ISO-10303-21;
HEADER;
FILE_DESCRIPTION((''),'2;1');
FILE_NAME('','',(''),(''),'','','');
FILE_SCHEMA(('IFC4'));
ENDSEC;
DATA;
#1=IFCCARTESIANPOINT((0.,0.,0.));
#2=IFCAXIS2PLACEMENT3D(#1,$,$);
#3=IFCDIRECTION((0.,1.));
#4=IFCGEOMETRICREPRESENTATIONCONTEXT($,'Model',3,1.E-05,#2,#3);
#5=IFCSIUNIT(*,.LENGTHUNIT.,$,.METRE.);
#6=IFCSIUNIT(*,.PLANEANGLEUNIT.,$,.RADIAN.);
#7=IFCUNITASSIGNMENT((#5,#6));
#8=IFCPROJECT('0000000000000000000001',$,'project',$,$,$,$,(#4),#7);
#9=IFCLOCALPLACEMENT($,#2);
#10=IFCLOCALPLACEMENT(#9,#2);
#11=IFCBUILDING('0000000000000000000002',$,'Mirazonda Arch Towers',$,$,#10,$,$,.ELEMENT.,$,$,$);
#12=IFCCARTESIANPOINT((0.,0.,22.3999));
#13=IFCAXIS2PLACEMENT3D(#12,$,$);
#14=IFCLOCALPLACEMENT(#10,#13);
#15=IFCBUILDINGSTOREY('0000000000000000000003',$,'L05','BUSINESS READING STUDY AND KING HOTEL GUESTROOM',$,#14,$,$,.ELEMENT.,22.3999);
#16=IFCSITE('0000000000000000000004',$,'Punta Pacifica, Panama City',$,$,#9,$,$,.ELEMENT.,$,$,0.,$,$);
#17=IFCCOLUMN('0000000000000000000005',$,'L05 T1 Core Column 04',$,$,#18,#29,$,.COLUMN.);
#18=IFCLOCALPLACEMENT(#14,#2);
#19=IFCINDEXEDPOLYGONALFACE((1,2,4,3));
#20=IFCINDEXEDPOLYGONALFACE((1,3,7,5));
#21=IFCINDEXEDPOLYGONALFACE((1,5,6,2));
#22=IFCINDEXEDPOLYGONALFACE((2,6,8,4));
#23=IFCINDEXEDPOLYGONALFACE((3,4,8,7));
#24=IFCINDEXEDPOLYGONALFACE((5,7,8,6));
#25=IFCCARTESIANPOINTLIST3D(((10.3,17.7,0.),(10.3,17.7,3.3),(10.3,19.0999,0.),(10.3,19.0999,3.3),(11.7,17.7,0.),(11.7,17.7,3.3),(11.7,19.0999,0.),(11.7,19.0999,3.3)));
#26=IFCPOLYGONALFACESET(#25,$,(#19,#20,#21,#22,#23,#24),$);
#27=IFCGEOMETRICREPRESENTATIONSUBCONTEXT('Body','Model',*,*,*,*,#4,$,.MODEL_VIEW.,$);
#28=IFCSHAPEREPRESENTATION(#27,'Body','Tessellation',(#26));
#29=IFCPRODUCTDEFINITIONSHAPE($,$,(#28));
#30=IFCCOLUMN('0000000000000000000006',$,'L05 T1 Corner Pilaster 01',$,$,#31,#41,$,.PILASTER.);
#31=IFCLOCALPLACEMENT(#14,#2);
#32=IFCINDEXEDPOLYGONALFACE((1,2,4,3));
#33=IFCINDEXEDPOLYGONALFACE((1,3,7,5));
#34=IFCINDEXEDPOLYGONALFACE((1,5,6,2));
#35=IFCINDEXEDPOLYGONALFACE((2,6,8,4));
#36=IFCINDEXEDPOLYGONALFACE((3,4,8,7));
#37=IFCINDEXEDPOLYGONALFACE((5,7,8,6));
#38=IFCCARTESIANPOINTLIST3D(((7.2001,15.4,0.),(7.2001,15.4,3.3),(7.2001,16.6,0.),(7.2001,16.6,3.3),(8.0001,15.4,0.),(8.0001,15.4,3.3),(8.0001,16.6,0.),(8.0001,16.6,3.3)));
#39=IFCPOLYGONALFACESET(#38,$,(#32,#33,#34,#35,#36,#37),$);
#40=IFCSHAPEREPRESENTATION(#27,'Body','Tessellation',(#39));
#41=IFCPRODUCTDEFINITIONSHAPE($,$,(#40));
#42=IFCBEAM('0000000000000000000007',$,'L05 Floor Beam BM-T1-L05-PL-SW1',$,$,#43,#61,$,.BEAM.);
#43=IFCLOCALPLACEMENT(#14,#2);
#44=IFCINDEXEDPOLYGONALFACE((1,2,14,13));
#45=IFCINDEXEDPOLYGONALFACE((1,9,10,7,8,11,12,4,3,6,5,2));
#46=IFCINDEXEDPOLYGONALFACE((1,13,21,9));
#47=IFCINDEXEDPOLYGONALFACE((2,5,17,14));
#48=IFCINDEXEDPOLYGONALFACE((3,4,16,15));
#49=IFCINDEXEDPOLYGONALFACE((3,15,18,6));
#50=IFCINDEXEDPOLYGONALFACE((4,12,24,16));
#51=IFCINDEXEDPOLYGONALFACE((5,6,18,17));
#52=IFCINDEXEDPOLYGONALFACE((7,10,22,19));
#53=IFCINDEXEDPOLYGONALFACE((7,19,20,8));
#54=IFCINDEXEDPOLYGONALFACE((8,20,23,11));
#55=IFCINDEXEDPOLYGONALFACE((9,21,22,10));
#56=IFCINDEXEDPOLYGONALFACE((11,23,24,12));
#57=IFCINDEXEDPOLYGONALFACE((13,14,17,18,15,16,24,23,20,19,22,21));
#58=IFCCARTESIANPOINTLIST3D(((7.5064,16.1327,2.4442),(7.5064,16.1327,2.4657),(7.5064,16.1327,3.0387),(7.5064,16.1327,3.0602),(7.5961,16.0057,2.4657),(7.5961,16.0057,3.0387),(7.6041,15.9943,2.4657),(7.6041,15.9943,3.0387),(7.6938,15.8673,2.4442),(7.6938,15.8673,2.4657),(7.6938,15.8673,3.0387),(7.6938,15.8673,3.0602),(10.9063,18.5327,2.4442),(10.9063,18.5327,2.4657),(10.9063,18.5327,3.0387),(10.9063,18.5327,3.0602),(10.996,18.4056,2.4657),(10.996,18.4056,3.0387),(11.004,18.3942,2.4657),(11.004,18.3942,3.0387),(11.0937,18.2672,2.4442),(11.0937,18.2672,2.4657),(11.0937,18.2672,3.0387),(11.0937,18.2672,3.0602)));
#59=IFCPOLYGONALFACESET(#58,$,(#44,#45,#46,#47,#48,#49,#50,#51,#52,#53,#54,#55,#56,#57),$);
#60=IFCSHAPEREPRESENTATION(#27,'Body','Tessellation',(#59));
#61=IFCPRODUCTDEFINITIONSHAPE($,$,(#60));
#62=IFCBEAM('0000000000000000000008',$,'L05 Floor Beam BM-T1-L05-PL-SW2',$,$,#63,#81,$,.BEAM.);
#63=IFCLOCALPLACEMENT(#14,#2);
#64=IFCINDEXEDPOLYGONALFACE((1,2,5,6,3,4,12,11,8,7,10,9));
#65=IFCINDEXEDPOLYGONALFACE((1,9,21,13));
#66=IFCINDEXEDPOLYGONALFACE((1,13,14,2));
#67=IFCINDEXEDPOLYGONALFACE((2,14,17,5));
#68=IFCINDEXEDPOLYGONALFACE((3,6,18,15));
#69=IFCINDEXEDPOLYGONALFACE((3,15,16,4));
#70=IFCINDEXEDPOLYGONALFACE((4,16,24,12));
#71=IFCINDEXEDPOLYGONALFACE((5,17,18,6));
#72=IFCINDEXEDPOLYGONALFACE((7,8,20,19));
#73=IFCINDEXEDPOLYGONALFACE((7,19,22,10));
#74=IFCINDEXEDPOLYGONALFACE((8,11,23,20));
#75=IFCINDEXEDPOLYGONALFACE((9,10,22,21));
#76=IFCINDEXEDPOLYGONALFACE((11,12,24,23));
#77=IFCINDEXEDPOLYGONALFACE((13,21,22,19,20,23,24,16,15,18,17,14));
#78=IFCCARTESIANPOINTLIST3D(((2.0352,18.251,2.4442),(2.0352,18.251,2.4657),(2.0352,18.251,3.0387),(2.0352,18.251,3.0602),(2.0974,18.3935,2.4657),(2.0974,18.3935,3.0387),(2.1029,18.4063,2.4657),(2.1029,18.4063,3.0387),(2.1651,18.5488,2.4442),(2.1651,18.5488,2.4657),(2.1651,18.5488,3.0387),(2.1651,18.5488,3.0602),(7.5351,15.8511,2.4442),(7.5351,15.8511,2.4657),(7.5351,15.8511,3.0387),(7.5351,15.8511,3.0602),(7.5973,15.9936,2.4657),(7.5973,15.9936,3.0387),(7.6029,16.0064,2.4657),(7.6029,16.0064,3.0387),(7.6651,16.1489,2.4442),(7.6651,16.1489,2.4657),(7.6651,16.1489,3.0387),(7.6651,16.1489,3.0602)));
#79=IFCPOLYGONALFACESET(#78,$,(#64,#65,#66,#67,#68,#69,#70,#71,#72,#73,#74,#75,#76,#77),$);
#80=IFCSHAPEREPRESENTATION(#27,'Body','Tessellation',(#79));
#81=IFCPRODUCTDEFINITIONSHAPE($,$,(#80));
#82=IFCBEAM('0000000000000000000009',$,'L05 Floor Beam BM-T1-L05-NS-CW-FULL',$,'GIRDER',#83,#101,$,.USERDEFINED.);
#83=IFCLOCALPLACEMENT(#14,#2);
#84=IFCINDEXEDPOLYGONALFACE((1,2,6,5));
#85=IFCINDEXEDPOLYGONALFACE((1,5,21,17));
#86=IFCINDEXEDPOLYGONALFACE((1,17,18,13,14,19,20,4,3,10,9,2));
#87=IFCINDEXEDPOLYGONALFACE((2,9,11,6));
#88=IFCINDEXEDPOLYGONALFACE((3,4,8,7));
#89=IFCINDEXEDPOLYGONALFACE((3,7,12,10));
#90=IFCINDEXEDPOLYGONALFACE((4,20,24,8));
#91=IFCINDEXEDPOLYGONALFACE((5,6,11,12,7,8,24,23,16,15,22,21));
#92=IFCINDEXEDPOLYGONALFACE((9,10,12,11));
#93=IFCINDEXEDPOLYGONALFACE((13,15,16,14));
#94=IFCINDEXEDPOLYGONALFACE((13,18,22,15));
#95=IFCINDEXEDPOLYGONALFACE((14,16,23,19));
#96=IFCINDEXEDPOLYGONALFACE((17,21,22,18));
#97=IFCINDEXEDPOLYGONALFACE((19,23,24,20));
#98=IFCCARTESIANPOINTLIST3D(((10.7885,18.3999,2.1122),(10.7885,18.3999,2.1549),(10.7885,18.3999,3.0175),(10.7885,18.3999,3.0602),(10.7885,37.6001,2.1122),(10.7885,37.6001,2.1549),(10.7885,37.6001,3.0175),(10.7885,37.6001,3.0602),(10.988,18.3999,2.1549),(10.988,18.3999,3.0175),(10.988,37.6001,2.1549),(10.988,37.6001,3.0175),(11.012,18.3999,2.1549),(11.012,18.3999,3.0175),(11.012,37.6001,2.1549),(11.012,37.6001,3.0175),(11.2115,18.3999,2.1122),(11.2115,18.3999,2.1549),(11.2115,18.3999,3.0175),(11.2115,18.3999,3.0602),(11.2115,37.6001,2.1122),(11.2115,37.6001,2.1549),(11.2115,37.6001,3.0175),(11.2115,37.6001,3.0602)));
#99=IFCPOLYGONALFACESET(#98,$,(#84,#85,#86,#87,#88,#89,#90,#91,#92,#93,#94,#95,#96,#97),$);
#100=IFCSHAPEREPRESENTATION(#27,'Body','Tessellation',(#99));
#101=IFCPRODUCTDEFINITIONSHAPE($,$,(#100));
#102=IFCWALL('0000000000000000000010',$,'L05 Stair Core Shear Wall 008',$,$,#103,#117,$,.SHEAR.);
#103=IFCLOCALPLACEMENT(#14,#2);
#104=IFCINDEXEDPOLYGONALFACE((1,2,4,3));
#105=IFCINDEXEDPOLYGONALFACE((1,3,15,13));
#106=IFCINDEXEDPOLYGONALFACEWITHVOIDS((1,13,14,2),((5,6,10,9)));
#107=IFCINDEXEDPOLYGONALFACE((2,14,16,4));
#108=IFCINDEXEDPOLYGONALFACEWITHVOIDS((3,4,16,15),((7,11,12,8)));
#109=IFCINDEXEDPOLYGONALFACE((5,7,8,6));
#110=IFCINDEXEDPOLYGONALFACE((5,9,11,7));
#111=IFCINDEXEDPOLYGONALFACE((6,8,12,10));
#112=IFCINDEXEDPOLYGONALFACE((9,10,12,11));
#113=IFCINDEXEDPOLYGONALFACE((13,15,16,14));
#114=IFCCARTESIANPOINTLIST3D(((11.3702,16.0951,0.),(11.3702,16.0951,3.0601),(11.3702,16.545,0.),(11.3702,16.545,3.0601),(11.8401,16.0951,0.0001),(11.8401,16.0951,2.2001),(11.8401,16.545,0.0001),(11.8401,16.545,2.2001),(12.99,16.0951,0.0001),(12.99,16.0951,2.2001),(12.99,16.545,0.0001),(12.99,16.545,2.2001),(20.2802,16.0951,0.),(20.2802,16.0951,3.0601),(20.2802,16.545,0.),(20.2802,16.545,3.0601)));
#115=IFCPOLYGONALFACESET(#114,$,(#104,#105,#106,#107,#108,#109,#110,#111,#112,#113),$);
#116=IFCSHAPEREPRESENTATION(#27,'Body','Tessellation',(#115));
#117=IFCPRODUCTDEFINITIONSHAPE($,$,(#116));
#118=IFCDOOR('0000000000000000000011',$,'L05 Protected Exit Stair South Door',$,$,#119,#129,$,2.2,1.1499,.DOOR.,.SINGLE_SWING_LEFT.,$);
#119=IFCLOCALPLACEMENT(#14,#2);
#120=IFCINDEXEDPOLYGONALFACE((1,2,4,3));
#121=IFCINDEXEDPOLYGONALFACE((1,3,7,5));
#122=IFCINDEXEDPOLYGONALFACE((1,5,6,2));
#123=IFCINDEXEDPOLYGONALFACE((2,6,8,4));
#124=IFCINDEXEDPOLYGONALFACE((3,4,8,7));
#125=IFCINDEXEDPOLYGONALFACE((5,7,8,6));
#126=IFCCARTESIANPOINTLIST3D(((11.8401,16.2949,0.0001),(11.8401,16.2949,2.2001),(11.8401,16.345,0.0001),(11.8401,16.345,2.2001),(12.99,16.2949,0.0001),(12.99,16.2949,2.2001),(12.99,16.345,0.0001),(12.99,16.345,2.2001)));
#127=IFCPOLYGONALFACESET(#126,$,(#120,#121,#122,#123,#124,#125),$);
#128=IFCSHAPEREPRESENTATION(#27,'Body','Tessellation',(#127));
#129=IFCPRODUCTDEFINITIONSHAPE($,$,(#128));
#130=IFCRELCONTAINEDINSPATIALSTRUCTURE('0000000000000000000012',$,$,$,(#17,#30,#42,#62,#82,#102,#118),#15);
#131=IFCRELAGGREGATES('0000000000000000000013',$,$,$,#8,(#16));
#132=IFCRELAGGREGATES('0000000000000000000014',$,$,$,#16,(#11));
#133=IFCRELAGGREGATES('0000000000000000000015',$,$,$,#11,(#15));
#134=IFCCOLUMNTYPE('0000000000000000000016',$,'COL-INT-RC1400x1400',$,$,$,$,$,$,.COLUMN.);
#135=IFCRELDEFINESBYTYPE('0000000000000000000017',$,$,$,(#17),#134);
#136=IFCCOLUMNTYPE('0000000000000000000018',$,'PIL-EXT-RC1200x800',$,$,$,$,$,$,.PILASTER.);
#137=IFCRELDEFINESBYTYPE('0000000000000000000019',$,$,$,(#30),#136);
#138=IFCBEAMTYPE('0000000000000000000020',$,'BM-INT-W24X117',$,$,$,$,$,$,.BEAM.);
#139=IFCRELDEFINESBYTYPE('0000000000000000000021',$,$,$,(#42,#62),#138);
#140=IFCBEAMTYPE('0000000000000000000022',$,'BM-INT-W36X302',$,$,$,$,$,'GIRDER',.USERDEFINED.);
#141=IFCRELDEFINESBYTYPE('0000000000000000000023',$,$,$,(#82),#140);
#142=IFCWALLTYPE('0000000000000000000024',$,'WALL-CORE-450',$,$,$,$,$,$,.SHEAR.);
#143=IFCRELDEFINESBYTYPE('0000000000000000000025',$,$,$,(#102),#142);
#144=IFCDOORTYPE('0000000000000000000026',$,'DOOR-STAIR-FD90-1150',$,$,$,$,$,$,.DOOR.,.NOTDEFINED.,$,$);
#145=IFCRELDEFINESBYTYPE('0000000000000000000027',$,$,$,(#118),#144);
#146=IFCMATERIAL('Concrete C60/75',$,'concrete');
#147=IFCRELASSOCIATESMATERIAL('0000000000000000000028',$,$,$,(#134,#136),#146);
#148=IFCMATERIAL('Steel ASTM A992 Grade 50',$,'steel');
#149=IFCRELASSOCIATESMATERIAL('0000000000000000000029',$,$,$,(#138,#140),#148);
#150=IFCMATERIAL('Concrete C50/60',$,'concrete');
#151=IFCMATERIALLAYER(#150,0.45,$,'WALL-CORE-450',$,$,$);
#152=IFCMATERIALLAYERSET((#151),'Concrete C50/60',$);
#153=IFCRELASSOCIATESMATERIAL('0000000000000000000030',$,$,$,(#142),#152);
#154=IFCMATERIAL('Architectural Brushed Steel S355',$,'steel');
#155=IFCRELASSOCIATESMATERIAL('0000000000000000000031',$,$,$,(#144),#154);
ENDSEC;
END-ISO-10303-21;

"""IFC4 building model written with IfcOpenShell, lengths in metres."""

from ifc_helpers import new_model, si_unit, direction, frame, frame_2d, origin, origin_2d, place, context, subcontext, project, spatial, rectangle, i_section, extrude, material, layer, layer_set, material_profile, profile_set, type_object, element, fill, save


model = new_model("IFC4")

# Units and contexts
model_context = context("Model", 3, precision=1e-05, world=origin(), true_north=direction((0.0, 1.0)))
body_context = subcontext(model_context, "Body", "Model", "MODEL_VIEW")
ifc_project = project(units=[si_unit("LENGTHUNIT", "METRE"), si_unit("PLANEANGLEUNIT", "RADIAN")], contexts=[model_context])

# Site, building, storey
site_placement = place(None, origin())
site = spatial("IfcSite", under=ifc_project, at=site_placement, Name="Punta Pacifica, Panama City", CompositionType="ELEMENT", RefElevation=0.0)
building_placement = place(site_placement, origin())
building = spatial("IfcBuilding", under=site, at=building_placement, Name="Mirazonda Arch Towers", CompositionType="ELEMENT")
storey_placement = place(building_placement, frame((0.0, 0.0, 22.3999)))
storey = spatial("IfcBuildingStorey", under=building, at=storey_placement, Name="L05", Description="BUSINESS READING STUDY AND KING HOTEL GUESTROOM", CompositionType="ELEMENT", Elevation=22.3999)

# Columns
ifc_material_1 = material(Name="Concrete C60/75", Category="concrete")
ifc_material_profile_1 = material_profile(ifc_material_1, rectangle(XDim=1.3999, YDim=1.3999, at=origin_2d()), Name="RC1400x1400")
ifc_profile_set_1 = profile_set([ifc_material_profile_1], Name="Concrete C60/75")
column_type_1 = type_object("IfcColumnType", Name="COL-INT-RC1400x1400", PredefinedType="COLUMN", material=ifc_profile_set_1)
column_1_placement = place(storey_placement, frame((11.0, 18.3999, 0.0), z_axis=(0.0, 0.0, 1.0), x_axis=(1.0, 0.0, 0.0)))
element("IfcColumn", 1, at=column_1_placement, inside=storey, type_object=column_type_1, Name="L05 T1 Core Column 04", PredefinedType="COLUMN", context=body_context, shape_type="SweptSolid", body=[
    extrude(rectangle(XDim=1.3999, YDim=1.3999, at=origin_2d()), origin(), (0.0, 0.0, 1.0), 3.3),
])
ifc_material_profile_2 = material_profile(ifc_material_1, rectangle(XDim=0.8, YDim=1.2, at=origin_2d()), Name="RC1200x800")
ifc_profile_set_2 = profile_set([ifc_material_profile_2], Name="Concrete C60/75")
column_type_2 = type_object("IfcColumnType", Name="PIL-EXT-RC1200x800", PredefinedType="PILASTER", material=ifc_profile_set_2)
column_2_placement = place(storey_placement, frame((7.6001, 16.0, 0.0), z_axis=(0.0, 0.0, 1.0), x_axis=(1.0, 0.0, 0.0)))
element("IfcColumn", 2, at=column_2_placement, inside=storey, type_object=column_type_2, Name="L05 T1 Corner Pilaster 01", PredefinedType="PILASTER", context=body_context, shape_type="SweptSolid", body=[
    extrude(rectangle(XDim=0.8, YDim=1.2, at=origin_2d()), origin(), (0.0, 0.0, 1.0), 3.3),
])

# Beams
ifc_material_2 = material(Name="Steel ASTM A992 Grade 50", Category="steel")
ifc_material_profile_3 = material_profile(ifc_material_2, i_section(OverallWidth=0.325, OverallDepth=0.616, WebThickness=0.0139, FlangeThickness=0.0215, at=origin_2d()), Name="W24X117")
ifc_profile_set_3 = profile_set([ifc_material_profile_3], Name="Steel ASTM A992 Grade 50")
beam_type_1 = type_object("IfcBeamType", Name="BM-INT-W24X117", PredefinedType="BEAM", material=ifc_profile_set_3)
beam_1_placement = place(storey_placement, frame((7.6001, 16.0, 2.7522), z_axis=(0.816971, 0.576679, 0.0), x_axis=(-0.576679, 0.816971, 0.0)))
element("IfcBeam", 3, at=beam_1_placement, inside=storey, type_object=beam_type_1, Name="L05 Floor Beam BM-T1-L05-PL-SW1", PredefinedType="BEAM", context=body_context, shape_type="SweptSolid", body=[
    extrude(i_section(OverallWidth=0.325, OverallDepth=0.616, WebThickness=0.0139, FlangeThickness=0.0215, at=origin_2d()), origin(), (0.0, 0.0, 1.0), 4.1616),
])
beam_2_placement = place(storey_placement, frame((7.6001, 16.0, 2.7522), z_axis=(-0.916545, 0.399931, 0.0), x_axis=(-0.399931, -0.916545, 0.0)))
element("IfcBeam", 4, at=beam_2_placement, inside=storey, type_object=beam_type_1, Name="L05 Floor Beam BM-T1-L05-PL-SW2", PredefinedType="BEAM", context=body_context, shape_type="SweptSolid", body=[
    extrude(i_section(OverallWidth=0.325, OverallDepth=0.616, WebThickness=0.0139, FlangeThickness=0.0215, at=origin_2d()), origin(), (0.0, 0.0, 1.0), 6.0007),
])
ifc_material_profile_4 = material_profile(ifc_material_2, i_section(OverallWidth=0.4231, OverallDepth=0.948, WebThickness=0.0239, FlangeThickness=0.0427, at=origin_2d()), Name="W36X302")
ifc_profile_set_4 = profile_set([ifc_material_profile_4], Name="Steel ASTM A992 Grade 50")
beam_type_2 = type_object("IfcBeamType", Name="BM-INT-W36X302", ElementType="GIRDER", PredefinedType="USERDEFINED", material=ifc_profile_set_4)
beam_3_placement = place(storey_placement, frame((11.0, 18.3999, 2.5862), z_axis=(0.0, 1.0, 0.0), x_axis=(-1.0, 0.0, 0.0)))
element("IfcBeam", 5, at=beam_3_placement, inside=storey, type_object=beam_type_2, Name="L05 Floor Beam BM-T1-L05-NS-CW-FULL", ObjectType="GIRDER", PredefinedType="USERDEFINED", context=body_context, shape_type="SweptSolid", body=[
    extrude(i_section(OverallWidth=0.4231, OverallDepth=0.948, WebThickness=0.0239, FlangeThickness=0.0427, at=origin_2d()), origin(), (0.0, 0.0, 1.0), 19.2002),
])

# Wall, opening, door
ifc_material_3 = material(Name="Concrete C50/60", Category="concrete")
ifc_layer_1 = layer(ifc_material_3, 0.45, Name="WALL-CORE-450")
ifc_layer_set_1 = layer_set([ifc_layer_1], Name="Concrete C50/60")
wall_type_1 = type_object("IfcWallType", Name="WALL-CORE-450", PredefinedType="SHEAR", material=ifc_layer_set_1)
wall_1_placement = place(storey_placement, frame((11.3701, 16.3201, 0.0), z_axis=(0.0, 0.0, 1.0), x_axis=(1.0, 0.0, 0.0)))
wall_1 = element("IfcWall", 6, at=wall_1_placement, inside=storey, type_object=wall_type_1, Name="L05 Stair Core Shear Wall 008", PredefinedType="SHEAR", context=body_context, shape_type="SweptSolid", body=[
    extrude(rectangle(XDim=8.9099, YDim=0.45, at=frame_2d((4.4551, 0.0))), origin(), (0.0, 0.0, 1.0), 3.0601),
])
opening_1_placement = place(wall_1_placement, frame((0.47, 0.0, 0.0)))
opening_1 = element("IfcOpeningElement", 7, at=opening_1_placement, cuts=wall_1, PredefinedType="OPENING", context=body_context, shape_type="SweptSolid", body=[
    extrude(rectangle(XDim=1.1499, YDim=2.2, at=frame_2d((0.575, 1.1001))), frame((0.0, 0.2349, 0.0), z_axis=(0.0, -1.0, 0.0), x_axis=(1.0, 0.0, 0.0)), (0.0, 0.0, 1.0), 0.47),
])
ifc_material_4 = material(Name="Architectural Brushed Steel S355", Category="steel")
door_type_1 = type_object("IfcDoorType", Name="DOOR-STAIR-FD90-1150", OperationType="NOTDEFINED", PredefinedType="DOOR", material=ifc_material_4)
door_1_placement = place(opening_1_placement, origin())
door_1 = element("IfcDoor", 8, at=door_1_placement, inside=storey, type_object=door_type_1, Name="L05 Protected Exit Stair South Door", OperationType="SINGLE_SWING_LEFT", OverallHeight=2.2, OverallWidth=1.1499, PredefinedType="DOOR", context=body_context, shape_type="SweptSolid", body=[
    extrude(rectangle(XDim=1.1499, YDim=2.2, at=frame_2d((0.575, 1.1001))), frame((0.0, 0.0249, 0.0), z_axis=(0.0, -1.0, 0.0), x_axis=(1.0, 0.0, 0.0)), (0.0, 0.0, 1.0), 0.05),
])
fill(opening_1, door_1)

save(model, "model.ifc")
